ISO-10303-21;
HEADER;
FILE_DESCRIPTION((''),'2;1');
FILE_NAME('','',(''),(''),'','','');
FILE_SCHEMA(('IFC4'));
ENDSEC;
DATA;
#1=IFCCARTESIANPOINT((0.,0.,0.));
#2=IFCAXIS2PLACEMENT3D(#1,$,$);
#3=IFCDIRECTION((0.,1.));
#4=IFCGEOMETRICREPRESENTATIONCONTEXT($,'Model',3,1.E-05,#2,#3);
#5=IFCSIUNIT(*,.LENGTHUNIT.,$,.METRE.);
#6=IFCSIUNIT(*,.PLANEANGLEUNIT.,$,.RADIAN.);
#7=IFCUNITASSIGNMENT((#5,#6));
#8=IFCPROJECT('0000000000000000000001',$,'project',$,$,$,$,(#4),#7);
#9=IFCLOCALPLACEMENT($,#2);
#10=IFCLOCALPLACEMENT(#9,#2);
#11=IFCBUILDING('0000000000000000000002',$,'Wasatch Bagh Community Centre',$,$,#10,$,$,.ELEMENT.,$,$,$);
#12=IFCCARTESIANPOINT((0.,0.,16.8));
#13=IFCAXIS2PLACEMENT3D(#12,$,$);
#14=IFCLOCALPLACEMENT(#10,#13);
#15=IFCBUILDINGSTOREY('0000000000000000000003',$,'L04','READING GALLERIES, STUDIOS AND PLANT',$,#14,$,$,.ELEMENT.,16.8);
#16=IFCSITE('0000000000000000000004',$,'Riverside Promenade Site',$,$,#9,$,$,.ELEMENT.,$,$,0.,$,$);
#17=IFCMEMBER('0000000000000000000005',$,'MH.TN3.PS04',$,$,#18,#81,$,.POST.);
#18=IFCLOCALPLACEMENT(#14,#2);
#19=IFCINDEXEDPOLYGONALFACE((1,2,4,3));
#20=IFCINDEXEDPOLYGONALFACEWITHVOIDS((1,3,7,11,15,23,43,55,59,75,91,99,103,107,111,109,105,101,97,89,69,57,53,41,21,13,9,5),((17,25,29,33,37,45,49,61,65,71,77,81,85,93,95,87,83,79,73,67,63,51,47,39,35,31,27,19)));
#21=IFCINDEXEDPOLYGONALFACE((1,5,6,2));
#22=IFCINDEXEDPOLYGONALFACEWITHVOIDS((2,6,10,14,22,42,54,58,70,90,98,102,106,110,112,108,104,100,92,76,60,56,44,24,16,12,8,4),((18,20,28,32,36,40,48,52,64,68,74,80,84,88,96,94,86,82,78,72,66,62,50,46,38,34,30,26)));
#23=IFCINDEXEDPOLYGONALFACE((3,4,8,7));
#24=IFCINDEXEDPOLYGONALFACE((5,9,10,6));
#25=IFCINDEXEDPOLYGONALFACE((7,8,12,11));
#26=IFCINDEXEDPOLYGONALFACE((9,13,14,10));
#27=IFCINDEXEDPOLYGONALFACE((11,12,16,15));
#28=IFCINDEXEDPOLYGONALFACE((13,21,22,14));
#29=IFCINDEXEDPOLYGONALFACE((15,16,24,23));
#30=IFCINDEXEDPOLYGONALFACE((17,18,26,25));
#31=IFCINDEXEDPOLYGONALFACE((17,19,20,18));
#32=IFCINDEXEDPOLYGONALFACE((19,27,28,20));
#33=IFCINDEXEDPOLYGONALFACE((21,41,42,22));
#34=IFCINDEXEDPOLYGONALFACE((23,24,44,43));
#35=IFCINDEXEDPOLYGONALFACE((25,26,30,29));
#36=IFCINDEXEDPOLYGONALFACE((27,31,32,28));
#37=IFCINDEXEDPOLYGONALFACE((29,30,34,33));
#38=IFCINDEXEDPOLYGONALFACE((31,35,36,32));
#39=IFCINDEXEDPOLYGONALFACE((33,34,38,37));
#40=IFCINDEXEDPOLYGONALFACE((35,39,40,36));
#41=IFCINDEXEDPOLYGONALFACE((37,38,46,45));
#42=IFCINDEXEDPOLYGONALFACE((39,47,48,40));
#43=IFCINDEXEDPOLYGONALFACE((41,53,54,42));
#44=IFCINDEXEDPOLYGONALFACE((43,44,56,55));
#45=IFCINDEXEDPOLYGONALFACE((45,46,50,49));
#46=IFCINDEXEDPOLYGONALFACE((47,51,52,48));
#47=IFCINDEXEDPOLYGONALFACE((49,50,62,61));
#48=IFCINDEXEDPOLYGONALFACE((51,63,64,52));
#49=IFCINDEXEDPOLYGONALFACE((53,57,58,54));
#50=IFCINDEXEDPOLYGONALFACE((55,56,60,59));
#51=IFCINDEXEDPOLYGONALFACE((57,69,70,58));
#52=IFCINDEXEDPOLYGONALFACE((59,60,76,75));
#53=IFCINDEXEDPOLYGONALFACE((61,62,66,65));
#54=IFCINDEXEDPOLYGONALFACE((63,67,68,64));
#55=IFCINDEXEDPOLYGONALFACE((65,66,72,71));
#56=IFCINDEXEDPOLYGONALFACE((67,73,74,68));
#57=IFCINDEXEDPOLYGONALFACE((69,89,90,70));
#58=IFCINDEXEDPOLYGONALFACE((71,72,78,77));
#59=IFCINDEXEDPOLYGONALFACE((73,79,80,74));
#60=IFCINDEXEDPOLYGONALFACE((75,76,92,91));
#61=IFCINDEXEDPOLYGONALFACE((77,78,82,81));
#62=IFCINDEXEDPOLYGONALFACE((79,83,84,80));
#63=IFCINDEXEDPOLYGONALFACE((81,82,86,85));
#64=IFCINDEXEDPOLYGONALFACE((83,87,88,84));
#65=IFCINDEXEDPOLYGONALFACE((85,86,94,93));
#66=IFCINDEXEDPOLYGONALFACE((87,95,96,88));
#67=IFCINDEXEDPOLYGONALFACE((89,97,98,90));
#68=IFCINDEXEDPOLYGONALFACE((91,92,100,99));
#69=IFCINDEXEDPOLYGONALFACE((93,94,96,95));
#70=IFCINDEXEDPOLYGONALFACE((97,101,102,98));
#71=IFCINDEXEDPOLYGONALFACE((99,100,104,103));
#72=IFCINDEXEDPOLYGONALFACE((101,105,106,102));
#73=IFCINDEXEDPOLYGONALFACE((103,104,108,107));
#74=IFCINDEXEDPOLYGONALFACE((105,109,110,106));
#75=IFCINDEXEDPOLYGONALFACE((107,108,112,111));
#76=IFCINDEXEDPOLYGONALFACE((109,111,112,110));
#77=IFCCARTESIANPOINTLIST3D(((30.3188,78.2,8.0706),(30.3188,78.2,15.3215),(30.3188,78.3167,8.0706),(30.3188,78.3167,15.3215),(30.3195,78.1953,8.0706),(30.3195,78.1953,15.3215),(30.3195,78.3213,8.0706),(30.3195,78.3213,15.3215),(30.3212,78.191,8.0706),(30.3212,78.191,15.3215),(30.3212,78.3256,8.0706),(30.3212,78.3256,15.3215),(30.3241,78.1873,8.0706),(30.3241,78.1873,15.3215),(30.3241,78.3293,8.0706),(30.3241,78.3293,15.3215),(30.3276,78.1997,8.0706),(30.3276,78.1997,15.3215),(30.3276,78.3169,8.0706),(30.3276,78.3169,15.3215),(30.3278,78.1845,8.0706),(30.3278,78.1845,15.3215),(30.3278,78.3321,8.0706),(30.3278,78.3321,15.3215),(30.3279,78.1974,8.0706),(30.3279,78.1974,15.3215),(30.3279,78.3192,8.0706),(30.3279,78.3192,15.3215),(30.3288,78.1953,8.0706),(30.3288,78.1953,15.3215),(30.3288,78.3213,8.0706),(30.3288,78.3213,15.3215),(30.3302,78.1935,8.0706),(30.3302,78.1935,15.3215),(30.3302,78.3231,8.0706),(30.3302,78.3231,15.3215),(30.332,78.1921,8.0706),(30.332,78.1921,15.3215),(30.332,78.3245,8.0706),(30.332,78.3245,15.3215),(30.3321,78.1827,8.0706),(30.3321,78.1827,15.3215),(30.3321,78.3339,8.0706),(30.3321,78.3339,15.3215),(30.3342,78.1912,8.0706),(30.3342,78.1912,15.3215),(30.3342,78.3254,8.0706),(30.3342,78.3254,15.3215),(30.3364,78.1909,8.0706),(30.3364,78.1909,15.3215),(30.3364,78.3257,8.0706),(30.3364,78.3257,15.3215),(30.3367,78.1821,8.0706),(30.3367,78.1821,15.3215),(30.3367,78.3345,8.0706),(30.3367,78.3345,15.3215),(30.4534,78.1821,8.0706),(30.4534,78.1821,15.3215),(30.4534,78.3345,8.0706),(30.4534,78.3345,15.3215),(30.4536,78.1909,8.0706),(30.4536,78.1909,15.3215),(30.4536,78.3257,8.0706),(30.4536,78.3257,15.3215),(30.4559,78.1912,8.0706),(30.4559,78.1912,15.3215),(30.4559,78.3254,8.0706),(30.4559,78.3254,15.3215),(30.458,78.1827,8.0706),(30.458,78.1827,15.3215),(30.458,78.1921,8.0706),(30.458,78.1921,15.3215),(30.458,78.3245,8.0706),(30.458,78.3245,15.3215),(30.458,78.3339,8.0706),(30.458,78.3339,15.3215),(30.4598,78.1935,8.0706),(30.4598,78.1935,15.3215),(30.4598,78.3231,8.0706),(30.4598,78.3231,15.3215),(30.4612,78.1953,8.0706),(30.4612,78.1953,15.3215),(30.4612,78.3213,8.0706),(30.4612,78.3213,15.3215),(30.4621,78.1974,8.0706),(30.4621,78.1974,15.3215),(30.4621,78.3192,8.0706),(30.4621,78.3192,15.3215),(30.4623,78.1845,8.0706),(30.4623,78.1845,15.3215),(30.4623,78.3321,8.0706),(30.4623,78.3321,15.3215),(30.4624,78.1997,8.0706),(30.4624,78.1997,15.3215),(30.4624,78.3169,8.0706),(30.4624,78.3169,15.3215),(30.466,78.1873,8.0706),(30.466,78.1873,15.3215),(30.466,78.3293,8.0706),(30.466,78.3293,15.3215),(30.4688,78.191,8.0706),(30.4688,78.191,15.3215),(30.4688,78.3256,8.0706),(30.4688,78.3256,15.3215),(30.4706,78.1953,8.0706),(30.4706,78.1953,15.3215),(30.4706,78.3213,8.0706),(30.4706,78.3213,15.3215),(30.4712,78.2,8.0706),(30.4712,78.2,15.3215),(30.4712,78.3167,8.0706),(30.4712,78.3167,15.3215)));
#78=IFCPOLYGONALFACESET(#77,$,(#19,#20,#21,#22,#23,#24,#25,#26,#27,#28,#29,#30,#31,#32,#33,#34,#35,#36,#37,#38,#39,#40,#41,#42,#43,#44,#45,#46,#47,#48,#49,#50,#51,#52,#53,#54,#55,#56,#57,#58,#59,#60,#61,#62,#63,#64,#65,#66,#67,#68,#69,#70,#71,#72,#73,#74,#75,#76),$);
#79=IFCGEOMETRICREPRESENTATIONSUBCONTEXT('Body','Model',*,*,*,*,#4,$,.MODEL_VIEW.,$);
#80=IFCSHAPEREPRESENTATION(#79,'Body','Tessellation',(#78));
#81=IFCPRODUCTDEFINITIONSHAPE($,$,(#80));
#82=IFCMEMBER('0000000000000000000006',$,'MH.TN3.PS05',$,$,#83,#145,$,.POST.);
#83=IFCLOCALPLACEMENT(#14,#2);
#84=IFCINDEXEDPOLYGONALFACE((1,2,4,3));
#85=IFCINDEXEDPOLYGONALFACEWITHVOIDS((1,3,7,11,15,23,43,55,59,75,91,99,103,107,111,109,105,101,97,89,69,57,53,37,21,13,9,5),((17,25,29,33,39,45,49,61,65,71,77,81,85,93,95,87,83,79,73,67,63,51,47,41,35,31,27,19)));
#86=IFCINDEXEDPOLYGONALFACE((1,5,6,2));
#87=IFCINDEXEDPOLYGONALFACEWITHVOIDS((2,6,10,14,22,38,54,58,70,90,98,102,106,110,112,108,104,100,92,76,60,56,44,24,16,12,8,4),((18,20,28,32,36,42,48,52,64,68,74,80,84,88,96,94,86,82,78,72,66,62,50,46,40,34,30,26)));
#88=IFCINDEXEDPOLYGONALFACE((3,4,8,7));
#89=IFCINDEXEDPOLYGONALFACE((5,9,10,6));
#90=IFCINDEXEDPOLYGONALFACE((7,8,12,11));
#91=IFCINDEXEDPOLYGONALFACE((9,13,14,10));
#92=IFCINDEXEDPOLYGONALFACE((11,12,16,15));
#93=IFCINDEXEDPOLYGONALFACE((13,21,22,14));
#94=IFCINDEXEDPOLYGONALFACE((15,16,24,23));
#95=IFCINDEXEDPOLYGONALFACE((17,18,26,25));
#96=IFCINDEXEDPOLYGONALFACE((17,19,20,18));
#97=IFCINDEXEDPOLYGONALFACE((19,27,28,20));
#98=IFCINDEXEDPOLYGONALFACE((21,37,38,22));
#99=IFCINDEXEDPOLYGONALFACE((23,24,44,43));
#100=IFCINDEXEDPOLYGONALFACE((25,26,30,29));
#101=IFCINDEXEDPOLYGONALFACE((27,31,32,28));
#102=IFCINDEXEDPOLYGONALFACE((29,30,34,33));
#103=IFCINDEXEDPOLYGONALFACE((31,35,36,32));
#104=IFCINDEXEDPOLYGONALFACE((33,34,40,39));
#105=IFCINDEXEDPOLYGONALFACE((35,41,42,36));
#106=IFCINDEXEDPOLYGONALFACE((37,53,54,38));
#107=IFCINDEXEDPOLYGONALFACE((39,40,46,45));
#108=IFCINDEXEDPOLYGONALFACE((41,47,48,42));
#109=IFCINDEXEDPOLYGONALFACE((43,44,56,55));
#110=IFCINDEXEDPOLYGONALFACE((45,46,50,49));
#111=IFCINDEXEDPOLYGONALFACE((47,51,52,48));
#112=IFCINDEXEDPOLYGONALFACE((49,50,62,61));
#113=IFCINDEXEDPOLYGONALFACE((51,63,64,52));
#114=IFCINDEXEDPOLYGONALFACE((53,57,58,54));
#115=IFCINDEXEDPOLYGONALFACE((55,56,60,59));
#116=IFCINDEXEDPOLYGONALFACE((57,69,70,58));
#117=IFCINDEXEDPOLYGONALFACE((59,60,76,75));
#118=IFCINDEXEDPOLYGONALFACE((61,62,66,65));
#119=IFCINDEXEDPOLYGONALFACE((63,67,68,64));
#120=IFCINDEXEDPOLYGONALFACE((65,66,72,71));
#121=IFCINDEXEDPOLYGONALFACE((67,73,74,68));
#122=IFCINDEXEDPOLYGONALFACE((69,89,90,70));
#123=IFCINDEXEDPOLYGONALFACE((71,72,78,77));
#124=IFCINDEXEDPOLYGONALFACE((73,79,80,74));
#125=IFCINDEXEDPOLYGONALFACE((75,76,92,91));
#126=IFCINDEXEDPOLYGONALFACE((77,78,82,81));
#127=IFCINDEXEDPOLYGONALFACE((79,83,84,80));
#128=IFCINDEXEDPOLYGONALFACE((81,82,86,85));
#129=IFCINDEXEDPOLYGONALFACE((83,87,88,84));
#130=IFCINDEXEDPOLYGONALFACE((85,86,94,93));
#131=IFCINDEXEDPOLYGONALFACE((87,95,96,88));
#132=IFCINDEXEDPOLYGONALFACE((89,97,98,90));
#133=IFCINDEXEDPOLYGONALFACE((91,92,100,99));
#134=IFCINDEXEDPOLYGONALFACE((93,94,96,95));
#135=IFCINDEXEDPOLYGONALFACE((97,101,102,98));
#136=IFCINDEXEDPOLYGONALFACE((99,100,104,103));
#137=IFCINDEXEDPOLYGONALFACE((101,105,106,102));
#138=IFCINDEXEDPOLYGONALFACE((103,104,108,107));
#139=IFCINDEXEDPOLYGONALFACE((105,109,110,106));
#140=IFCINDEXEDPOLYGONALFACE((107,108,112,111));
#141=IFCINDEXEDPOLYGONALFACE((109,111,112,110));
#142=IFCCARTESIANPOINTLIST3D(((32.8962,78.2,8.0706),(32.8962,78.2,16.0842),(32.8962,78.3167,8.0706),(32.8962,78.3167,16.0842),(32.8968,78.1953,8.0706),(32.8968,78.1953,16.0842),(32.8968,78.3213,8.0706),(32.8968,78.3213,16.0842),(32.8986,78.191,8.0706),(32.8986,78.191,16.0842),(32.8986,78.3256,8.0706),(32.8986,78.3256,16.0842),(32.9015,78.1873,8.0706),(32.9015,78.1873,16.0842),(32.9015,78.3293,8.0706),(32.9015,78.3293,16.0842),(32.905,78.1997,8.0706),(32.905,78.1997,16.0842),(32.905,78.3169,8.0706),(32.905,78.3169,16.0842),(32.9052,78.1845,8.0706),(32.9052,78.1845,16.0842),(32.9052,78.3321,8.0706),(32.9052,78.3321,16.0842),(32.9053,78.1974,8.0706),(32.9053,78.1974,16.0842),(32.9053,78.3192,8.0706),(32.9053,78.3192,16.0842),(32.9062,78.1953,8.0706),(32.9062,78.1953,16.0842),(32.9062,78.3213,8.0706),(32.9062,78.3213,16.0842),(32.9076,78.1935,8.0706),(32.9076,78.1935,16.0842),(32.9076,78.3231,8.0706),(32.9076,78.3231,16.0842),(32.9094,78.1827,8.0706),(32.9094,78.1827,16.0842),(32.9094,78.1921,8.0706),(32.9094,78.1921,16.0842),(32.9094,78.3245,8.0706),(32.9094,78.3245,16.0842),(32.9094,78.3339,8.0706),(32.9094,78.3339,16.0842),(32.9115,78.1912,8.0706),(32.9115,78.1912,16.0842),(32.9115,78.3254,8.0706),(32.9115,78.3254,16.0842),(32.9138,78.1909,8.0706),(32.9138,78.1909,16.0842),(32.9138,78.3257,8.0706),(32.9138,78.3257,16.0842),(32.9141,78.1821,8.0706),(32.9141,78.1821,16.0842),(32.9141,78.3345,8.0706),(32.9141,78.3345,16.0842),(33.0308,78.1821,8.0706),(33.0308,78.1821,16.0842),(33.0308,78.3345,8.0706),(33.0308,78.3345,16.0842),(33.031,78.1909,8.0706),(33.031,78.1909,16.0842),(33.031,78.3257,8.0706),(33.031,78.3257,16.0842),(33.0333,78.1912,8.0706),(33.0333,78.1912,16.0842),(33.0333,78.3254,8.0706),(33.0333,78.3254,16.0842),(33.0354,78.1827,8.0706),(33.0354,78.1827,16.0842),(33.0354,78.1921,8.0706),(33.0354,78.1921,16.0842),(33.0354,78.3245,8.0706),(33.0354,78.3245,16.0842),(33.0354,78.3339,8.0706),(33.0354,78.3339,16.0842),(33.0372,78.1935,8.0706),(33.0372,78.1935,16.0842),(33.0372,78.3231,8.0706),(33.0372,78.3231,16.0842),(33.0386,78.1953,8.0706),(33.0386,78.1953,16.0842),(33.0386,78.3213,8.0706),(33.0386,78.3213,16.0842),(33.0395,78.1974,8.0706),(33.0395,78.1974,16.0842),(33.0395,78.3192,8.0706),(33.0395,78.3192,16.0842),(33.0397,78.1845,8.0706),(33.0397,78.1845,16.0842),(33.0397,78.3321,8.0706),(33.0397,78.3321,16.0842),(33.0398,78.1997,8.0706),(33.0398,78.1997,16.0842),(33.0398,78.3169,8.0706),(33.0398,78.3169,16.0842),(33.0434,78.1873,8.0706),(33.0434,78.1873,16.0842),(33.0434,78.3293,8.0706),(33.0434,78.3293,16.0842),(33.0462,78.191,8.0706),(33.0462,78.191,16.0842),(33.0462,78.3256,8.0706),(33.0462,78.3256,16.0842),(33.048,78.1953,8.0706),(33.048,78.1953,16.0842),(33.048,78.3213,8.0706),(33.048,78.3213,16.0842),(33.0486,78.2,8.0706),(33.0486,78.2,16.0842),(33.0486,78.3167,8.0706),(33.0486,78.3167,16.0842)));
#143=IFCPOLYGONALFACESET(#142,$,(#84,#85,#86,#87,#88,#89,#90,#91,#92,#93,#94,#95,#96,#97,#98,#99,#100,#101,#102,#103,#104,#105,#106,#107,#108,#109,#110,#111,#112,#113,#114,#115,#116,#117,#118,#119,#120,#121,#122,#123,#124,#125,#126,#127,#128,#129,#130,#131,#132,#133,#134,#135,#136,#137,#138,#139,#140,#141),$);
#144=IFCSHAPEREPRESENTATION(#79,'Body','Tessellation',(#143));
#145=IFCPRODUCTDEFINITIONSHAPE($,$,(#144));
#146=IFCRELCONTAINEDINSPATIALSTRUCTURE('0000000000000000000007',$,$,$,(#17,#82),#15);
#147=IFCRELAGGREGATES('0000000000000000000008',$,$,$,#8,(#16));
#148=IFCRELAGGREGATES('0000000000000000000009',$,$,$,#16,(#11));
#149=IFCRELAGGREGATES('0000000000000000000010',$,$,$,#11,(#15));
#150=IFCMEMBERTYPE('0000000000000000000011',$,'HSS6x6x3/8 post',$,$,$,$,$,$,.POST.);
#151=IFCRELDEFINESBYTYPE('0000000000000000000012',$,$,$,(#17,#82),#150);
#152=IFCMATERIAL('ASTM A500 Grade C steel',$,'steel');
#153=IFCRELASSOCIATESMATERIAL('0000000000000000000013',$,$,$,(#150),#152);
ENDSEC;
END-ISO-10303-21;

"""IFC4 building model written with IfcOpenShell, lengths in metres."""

from ifc_helpers import new_model, si_unit, direction, frame, origin, origin_2d, place, context, subcontext, project, spatial, hollow_rectangle, extrude, material, material_profile, profile_set, type_object, element, save


model = new_model("IFC4")

# Units and contexts
model_context = context("Model", 3, precision=1e-05, world=origin(), true_north=direction((0.0, 1.0)))
body_context = subcontext(model_context, "Body", "Model", "MODEL_VIEW")
ifc_project = project(units=[si_unit("LENGTHUNIT", "METRE"), si_unit("PLANEANGLEUNIT", "RADIAN")], contexts=[model_context])

# Site, building, storey
site_placement = place(None, origin())
site = spatial("IfcSite", under=ifc_project, at=site_placement, Name="Riverside Promenade Site", CompositionType="ELEMENT", RefElevation=0.0)
building_placement = place(site_placement, origin())
building = spatial("IfcBuilding", under=site, at=building_placement, Name="Wasatch Bagh Community Centre", CompositionType="ELEMENT")
storey_placement = place(building_placement, frame((0.0, 0.0, 16.8)))
storey = spatial("IfcBuildingStorey", under=building, at=storey_placement, Name="L04", Description="READING GALLERIES, STUDIOS AND PLANT", CompositionType="ELEMENT", Elevation=16.8)

# Members
ifc_material_1 = material(Name="ASTM A500 Grade C steel", Category="steel")
ifc_material_profile_1 = material_profile(ifc_material_1, hollow_rectangle(XDim=0.1523, YDim=0.1523, WallThickness=0.0088, InnerFilletRadius=0.0088, OuterFilletRadius=0.0178, at=origin_2d()), Name="HSS6x6x3/8")
ifc_profile_set_1 = profile_set([ifc_material_profile_1], Name="ASTM A500 Grade C steel")
member_type_1 = type_object("IfcMemberType", Name="HSS6x6x3/8 post", PredefinedType="POST", material=ifc_profile_set_1)
member_1_placement = place(storey_placement, frame((30.395, 78.2583, 8.0706), z_axis=(0.0, 0.0, 1.0), x_axis=(1.0, 0.0, 0.0)))
element("IfcMember", 1, at=member_1_placement, inside=storey, type_object=member_type_1, Name="MH.TN3.PS04", PredefinedType="POST", context=body_context, shape_type="SweptSolid", body=[
    extrude(hollow_rectangle(XDim=0.1523, YDim=0.1523, WallThickness=0.0088, InnerFilletRadius=0.0088, OuterFilletRadius=0.0178, at=origin_2d()), origin(), (0.0, 0.0, 1.0), 7.251),
])
member_2_placement = place(storey_placement, frame((32.9724, 78.2583, 8.0706), z_axis=(0.0, 0.0, 1.0), x_axis=(1.0, 0.0, 0.0)))
element("IfcMember", 2, at=member_2_placement, inside=storey, type_object=member_type_1, Name="MH.TN3.PS05", PredefinedType="POST", context=body_context, shape_type="SweptSolid", body=[
    extrude(hollow_rectangle(XDim=0.1523, YDim=0.1523, WallThickness=0.0088, InnerFilletRadius=0.0088, OuterFilletRadius=0.0178, at=origin_2d()), origin(), (0.0, 0.0, 1.0), 8.0137),
])

save(model, "model.ifc")
